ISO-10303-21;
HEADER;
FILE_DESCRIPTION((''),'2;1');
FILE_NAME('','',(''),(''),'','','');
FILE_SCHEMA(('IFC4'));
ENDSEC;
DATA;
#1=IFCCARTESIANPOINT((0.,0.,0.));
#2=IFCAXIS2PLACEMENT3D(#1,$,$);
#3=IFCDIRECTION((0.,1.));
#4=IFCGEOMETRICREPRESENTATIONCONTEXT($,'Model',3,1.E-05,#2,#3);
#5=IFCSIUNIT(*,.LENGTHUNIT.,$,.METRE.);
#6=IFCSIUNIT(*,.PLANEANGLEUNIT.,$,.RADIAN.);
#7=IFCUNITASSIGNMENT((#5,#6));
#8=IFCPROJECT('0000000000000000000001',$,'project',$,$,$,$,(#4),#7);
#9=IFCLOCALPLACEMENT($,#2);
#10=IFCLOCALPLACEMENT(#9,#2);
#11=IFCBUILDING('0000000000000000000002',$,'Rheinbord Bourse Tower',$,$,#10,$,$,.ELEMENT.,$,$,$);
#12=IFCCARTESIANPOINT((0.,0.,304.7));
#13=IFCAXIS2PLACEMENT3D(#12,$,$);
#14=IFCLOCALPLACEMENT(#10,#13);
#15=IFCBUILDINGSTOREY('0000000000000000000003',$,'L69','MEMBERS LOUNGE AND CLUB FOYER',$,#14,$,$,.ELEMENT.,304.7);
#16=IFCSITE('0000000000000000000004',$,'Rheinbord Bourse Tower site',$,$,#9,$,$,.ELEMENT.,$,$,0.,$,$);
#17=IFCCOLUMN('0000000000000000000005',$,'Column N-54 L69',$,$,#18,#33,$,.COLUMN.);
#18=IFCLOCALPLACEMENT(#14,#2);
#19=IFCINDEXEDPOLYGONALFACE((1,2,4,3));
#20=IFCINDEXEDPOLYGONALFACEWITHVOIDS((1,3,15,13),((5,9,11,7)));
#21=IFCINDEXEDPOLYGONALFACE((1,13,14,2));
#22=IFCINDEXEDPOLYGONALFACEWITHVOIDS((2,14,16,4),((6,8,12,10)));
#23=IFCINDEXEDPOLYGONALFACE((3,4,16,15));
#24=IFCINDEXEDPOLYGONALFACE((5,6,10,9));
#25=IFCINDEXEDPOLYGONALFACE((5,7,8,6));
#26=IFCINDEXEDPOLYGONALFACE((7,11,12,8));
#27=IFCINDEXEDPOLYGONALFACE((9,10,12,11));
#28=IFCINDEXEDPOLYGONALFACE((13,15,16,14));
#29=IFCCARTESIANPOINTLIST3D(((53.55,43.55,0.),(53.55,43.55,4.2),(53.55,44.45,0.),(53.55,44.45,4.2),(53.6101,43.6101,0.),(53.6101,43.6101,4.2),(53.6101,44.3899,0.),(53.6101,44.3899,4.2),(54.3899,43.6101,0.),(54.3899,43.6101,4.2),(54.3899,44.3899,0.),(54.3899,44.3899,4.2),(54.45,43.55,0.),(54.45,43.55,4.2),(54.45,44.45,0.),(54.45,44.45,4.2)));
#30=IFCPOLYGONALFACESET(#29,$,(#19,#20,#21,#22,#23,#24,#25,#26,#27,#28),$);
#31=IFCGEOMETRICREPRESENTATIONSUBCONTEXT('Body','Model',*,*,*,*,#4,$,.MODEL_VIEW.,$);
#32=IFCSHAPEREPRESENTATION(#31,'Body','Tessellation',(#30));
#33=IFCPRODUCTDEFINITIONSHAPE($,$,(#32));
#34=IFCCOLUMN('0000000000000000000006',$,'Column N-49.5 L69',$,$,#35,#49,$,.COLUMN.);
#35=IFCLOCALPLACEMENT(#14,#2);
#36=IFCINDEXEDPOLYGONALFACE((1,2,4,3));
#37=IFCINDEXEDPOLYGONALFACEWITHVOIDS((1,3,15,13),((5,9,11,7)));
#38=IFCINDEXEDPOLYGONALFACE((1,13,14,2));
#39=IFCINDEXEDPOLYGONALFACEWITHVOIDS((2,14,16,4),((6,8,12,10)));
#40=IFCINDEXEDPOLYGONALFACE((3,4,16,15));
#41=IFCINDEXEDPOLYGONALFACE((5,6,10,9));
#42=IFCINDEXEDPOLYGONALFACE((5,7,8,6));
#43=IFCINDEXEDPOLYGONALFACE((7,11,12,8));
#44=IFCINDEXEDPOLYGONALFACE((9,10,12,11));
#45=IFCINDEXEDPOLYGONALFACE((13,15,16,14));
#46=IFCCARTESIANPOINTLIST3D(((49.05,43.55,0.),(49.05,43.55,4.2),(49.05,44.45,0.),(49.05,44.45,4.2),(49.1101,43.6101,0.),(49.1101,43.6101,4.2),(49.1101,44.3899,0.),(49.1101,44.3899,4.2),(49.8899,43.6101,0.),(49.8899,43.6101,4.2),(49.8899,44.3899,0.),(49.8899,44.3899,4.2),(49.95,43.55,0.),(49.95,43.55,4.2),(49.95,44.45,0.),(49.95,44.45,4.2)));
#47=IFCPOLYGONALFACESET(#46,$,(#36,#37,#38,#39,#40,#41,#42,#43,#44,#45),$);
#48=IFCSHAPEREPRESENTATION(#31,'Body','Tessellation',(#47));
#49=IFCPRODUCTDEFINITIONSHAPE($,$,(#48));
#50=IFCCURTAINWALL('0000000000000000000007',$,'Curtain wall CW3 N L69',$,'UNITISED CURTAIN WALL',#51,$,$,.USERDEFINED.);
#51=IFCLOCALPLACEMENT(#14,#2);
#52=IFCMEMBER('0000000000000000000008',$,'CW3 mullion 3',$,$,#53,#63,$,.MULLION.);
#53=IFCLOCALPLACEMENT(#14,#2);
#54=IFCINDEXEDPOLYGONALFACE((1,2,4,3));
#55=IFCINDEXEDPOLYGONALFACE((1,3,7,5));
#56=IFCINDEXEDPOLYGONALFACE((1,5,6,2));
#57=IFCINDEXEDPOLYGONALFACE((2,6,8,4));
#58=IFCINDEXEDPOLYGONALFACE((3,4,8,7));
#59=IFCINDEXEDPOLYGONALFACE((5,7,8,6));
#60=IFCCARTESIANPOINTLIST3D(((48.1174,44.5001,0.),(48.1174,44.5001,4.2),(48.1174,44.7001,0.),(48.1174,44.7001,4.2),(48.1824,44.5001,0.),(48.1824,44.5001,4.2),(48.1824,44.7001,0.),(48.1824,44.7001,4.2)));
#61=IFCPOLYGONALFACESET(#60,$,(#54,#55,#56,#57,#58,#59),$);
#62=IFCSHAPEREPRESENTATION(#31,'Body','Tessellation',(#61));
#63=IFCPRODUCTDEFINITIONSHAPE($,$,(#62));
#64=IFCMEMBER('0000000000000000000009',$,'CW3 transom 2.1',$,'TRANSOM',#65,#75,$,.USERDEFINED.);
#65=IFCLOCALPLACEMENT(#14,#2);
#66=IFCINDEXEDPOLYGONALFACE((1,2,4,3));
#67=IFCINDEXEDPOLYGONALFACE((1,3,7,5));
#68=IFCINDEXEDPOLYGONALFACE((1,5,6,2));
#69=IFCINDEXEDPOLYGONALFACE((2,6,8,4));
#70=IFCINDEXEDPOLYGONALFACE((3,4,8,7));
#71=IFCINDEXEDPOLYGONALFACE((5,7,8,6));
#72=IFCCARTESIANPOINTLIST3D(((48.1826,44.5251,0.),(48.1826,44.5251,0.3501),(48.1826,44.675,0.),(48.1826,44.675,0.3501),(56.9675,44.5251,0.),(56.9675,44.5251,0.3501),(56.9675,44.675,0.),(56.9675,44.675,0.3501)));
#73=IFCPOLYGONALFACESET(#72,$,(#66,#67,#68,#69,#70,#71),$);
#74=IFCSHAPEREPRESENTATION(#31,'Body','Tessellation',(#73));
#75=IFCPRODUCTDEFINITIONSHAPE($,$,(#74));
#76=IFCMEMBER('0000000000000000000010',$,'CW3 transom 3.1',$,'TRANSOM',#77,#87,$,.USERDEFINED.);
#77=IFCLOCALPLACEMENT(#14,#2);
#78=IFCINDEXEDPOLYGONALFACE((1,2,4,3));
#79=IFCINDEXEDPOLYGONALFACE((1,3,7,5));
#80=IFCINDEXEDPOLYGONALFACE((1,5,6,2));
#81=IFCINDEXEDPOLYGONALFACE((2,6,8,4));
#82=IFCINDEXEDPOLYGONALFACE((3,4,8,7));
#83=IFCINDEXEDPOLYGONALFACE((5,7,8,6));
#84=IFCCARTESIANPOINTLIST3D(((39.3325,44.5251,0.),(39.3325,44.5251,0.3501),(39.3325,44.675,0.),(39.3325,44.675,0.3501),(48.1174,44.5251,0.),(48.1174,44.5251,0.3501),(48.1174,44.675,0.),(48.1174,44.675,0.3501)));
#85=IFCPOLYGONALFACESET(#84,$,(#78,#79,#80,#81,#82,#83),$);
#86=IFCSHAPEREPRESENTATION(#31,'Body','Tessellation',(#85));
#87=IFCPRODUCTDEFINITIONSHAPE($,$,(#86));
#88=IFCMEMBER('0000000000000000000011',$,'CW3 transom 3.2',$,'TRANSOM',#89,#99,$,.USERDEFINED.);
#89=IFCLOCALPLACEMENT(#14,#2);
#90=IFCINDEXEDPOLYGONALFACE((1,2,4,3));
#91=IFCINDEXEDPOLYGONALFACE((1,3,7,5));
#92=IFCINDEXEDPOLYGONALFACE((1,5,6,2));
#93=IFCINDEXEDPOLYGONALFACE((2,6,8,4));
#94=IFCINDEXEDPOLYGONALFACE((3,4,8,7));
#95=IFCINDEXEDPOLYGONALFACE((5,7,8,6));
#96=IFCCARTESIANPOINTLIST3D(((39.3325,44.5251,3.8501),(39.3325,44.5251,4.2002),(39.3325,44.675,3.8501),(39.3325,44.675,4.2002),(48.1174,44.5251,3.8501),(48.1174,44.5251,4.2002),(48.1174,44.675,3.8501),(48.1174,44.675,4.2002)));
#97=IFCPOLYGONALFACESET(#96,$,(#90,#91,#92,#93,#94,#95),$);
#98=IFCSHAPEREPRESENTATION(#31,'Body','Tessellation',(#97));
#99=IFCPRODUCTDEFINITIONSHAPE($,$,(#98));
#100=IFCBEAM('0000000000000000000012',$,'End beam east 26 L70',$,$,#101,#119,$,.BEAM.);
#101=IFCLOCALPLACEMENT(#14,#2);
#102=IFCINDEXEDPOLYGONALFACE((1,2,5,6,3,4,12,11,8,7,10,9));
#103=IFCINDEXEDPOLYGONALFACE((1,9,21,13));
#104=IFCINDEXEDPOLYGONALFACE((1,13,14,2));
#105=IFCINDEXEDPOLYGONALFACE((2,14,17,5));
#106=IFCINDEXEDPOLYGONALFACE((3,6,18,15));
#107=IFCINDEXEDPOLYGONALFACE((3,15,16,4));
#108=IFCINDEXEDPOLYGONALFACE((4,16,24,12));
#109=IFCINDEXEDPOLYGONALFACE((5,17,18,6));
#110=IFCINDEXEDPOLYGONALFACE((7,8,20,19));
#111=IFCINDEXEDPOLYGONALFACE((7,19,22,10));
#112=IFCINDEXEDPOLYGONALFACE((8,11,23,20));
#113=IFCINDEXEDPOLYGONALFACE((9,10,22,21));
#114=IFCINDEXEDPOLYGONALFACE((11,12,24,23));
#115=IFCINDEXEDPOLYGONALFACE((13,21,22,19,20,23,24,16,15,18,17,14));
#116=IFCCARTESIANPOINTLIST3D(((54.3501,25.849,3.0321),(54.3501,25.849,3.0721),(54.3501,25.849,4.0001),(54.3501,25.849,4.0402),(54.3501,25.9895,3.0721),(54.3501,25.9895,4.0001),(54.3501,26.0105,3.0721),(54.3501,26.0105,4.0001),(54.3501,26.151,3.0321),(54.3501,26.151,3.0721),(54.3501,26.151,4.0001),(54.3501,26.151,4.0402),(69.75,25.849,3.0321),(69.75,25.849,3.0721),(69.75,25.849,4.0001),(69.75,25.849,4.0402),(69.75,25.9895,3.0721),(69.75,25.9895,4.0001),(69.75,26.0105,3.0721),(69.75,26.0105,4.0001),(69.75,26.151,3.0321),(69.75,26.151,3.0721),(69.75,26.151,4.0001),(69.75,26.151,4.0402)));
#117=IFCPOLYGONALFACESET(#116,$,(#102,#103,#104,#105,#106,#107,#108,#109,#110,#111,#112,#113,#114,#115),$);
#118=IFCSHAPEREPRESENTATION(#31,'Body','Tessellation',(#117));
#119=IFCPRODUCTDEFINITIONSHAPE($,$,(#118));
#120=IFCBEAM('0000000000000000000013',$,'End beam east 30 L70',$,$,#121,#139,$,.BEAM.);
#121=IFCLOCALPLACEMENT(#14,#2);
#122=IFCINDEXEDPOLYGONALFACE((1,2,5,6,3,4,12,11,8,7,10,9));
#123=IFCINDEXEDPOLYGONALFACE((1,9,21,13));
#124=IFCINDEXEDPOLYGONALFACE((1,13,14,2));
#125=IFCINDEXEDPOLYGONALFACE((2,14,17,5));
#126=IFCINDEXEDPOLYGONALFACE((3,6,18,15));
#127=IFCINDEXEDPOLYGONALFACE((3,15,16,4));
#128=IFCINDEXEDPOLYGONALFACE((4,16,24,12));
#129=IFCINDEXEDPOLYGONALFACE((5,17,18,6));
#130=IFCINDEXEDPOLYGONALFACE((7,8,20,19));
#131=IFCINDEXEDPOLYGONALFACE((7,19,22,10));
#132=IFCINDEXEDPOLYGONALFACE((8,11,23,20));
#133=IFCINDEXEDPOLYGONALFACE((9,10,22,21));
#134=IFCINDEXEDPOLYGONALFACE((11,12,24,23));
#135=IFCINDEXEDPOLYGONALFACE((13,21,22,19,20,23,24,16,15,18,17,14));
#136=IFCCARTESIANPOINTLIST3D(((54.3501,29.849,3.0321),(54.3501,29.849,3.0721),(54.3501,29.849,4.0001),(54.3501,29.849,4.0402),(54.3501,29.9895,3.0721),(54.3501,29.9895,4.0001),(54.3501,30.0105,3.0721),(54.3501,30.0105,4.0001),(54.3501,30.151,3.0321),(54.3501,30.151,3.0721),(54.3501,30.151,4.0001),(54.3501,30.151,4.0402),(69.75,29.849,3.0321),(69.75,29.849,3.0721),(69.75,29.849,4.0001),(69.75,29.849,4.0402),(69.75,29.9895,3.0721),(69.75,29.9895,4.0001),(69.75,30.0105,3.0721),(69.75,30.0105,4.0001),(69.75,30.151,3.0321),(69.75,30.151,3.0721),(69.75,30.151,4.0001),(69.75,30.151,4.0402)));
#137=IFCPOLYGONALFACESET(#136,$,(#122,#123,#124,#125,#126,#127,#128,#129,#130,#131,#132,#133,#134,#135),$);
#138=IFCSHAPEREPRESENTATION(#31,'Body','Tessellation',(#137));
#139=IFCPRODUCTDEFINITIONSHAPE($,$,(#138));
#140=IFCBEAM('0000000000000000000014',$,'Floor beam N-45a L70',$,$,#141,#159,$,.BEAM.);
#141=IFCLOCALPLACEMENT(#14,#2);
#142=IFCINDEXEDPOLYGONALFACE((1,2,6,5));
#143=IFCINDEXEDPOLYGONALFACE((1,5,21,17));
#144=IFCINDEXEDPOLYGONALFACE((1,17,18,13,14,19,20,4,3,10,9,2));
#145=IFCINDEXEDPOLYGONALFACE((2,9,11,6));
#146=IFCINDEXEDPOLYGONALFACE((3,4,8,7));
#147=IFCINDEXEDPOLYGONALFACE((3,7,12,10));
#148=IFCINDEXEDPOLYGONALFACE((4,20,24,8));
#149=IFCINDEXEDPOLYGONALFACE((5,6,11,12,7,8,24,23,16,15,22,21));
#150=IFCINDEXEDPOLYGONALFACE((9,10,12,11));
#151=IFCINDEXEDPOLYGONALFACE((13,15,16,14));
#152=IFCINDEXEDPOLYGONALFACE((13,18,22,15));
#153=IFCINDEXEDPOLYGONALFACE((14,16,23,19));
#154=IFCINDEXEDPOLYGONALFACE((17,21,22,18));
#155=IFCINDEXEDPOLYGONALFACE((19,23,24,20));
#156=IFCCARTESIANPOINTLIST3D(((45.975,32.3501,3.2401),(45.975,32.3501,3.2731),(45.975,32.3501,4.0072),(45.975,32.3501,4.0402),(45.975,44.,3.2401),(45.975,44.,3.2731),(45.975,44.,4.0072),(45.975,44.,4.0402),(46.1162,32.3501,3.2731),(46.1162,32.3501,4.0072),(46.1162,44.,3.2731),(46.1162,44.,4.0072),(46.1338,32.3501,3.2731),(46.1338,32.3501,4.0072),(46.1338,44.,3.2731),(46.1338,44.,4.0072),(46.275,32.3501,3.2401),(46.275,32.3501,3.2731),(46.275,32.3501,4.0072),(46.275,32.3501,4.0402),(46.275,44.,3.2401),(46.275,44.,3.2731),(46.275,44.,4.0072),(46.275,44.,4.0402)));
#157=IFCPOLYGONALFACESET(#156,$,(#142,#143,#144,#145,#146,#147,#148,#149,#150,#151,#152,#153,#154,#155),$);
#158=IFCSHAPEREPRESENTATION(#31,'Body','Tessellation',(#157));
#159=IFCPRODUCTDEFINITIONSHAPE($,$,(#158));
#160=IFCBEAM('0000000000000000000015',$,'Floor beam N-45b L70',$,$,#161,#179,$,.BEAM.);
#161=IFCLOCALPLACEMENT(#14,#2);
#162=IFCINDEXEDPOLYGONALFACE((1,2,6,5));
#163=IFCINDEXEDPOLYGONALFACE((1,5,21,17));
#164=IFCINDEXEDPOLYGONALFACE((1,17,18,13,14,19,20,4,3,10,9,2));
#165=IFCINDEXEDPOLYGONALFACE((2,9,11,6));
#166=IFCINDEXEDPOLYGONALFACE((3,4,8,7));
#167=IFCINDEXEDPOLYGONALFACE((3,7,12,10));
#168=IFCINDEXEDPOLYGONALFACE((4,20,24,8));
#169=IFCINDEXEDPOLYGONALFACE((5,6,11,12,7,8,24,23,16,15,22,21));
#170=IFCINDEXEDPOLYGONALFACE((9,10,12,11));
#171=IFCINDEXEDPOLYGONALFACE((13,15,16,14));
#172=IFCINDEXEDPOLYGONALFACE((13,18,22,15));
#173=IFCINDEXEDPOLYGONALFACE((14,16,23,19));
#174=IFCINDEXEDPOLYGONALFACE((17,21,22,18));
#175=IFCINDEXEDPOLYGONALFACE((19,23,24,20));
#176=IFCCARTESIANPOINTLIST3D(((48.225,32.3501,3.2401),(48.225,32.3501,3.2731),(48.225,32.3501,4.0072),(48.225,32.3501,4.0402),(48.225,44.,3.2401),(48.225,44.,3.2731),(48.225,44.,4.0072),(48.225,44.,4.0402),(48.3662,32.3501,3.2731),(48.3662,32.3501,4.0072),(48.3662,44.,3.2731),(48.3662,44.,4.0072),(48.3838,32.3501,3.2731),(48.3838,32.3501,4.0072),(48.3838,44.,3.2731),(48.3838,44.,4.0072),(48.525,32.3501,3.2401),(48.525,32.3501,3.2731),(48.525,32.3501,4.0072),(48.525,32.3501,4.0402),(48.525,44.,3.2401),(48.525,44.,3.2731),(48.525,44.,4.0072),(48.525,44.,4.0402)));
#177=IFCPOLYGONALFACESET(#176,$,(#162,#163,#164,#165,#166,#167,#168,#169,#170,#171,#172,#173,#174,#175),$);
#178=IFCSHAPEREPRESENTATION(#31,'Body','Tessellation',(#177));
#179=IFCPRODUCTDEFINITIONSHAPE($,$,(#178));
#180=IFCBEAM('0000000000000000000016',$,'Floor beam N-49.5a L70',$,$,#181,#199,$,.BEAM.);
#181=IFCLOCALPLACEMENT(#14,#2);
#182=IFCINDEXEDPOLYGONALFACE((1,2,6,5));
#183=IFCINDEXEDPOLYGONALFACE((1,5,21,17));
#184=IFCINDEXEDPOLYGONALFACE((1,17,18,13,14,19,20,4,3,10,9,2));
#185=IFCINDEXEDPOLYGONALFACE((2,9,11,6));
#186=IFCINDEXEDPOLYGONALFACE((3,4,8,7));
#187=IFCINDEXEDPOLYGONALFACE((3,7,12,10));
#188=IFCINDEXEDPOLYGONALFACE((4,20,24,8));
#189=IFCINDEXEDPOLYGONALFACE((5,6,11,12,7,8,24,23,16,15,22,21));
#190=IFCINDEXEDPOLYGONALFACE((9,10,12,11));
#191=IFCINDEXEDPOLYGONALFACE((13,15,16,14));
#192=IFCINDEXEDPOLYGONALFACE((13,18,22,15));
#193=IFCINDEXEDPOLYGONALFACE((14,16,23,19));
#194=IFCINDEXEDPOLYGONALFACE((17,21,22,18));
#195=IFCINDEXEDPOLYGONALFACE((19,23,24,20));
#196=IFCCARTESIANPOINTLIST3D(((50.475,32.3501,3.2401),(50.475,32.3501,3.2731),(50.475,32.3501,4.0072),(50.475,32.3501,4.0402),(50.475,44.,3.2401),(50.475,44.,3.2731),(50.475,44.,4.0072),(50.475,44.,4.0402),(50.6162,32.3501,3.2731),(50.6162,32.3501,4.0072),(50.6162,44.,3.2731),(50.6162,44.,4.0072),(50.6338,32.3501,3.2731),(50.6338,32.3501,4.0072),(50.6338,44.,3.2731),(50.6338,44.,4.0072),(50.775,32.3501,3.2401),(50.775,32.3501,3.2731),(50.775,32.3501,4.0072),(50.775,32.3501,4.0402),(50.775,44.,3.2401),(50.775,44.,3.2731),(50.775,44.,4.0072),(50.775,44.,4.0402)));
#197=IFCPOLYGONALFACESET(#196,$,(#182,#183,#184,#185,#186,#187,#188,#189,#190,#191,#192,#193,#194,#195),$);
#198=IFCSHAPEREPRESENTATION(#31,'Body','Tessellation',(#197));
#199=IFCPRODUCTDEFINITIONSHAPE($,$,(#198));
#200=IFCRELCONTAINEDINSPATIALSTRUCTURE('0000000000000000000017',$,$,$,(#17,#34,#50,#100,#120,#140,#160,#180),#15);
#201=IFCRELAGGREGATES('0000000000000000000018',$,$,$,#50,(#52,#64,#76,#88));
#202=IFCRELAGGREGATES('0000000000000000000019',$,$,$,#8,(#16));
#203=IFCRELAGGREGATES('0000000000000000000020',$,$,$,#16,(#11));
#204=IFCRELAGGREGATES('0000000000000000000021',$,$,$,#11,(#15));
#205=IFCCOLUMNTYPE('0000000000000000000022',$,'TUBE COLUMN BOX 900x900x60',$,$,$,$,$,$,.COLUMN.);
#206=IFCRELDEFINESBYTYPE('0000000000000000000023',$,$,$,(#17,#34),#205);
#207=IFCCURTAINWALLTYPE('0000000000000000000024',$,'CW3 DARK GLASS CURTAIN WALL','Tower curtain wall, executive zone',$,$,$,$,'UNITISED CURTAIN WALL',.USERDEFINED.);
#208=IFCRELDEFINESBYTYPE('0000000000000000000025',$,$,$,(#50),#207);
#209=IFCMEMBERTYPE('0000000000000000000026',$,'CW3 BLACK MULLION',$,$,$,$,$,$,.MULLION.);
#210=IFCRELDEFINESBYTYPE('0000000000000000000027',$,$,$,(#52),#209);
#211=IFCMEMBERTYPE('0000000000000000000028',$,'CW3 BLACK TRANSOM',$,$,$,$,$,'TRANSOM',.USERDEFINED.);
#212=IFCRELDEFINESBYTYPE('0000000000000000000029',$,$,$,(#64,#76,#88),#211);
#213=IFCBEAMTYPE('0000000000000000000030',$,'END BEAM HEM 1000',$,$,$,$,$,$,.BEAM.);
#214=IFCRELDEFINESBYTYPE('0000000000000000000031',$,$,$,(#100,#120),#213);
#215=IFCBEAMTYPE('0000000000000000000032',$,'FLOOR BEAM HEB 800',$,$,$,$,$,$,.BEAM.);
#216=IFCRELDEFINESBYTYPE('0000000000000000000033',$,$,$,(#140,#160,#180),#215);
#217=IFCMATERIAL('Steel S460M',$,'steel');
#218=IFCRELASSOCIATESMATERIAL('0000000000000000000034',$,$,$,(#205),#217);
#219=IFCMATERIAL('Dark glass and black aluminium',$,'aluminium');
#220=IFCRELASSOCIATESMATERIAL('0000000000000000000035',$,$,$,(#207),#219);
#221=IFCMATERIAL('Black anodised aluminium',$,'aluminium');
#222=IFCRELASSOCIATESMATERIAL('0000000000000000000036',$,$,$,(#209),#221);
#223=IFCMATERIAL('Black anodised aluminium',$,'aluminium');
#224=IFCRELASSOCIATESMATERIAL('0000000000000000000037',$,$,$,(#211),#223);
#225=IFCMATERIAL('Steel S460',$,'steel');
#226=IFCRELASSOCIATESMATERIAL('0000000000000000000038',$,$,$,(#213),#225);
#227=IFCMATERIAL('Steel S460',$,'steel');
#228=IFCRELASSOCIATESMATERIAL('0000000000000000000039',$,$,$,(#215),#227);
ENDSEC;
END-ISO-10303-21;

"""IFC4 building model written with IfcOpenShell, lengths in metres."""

from ifc_helpers import new_model, si_unit, direction, frame, origin, origin_2d, place, context, subcontext, project, spatial, rectangle, hollow_rectangle, i_section, extrude, material, material_profile, profile_set, type_object, element, aggregate, save


model = new_model("IFC4")

# Units and contexts
model_context = context("Model", 3, precision=1e-05, world=origin(), true_north=direction((0.0, 1.0)))
body_context = subcontext(model_context, "Body", "Model", "MODEL_VIEW")
ifc_project = project(units=[si_unit("LENGTHUNIT", "METRE"), si_unit("PLANEANGLEUNIT", "RADIAN")], contexts=[model_context])

# Site, building, storey
site_placement = place(None, origin())
site = spatial("IfcSite", under=ifc_project, at=site_placement, Name="Rheinbord Bourse Tower site", CompositionType="ELEMENT", RefElevation=0.0)
building_placement = place(site_placement, origin())
building = spatial("IfcBuilding", under=site, at=building_placement, Name="Rheinbord Bourse Tower", CompositionType="ELEMENT")
storey_placement = place(building_placement, frame((0.0, 0.0, 304.7)))
storey = spatial("IfcBuildingStorey", under=building, at=storey_placement, Name="L69", Description="MEMBERS LOUNGE AND CLUB FOYER", CompositionType="ELEMENT", Elevation=304.7)

# Columns
ifc_material_1 = material(Name="Steel S460M", Category="steel")
ifc_material_profile_1 = material_profile(ifc_material_1, hollow_rectangle(XDim=0.8999, YDim=0.8999, WallThickness=0.0601, at=origin_2d()), Name="BOX 900x900x60")
ifc_profile_set_1 = profile_set([ifc_material_profile_1], Name="Steel S460M")
column_type = type_object("IfcColumnType", Name="TUBE COLUMN BOX 900x900x60", PredefinedType="COLUMN", material=ifc_profile_set_1)
for number, where, z_axis, x_axis, name in (
    (1, (54.0, 44.0, 0.0), (0.0, 0.0, 1.0), (0.0, 1.0, 0.0), "Column N-54 L69"),
    (2, (49.5, 44.0, 0.0), (0.0, 0.0, 1.0), (0.0, 1.0, 0.0), "Column N-49.5 L69"),
):
    element("IfcColumn", number, at=place(storey_placement, frame(where, z_axis=z_axis, x_axis=x_axis)), inside=storey, type_object=column_type, Name=name, PredefinedType="COLUMN", context=body_context, shape_type="SweptSolid", body=[
        extrude(hollow_rectangle(XDim=0.8999, YDim=0.8999, WallThickness=0.0601, at=origin_2d()), origin(), (0.0, 0.0, 1.0), 4.2),
    ])

# Curtain wall, members
ifc_material_2 = material(Name="Dark glass and black aluminium", Category="aluminium")
curtain_wall_type = type_object("IfcCurtainWallType", Name="CW3 DARK GLASS CURTAIN WALL", Description="Tower curtain wall, executive zone", ElementType="UNITISED CURTAIN WALL", PredefinedType="USERDEFINED", material=ifc_material_2)
curtain_wall_placement = place(storey_placement, origin())
curtain_wall = element("IfcCurtainWall", 3, at=curtain_wall_placement, inside=storey, type_object=curtain_wall_type, Name="Curtain wall CW3 N L69", ObjectType="UNITISED CURTAIN WALL", PredefinedType="USERDEFINED")
ifc_material_3 = material(Name="Black anodised aluminium", Category="aluminium")
ifc_material_profile_2 = material_profile(ifc_material_3, rectangle(XDim=0.2, YDim=0.0649, at=origin_2d()), Name="CW3 MULLION 65x200")
ifc_profile_set_2 = profile_set([ifc_material_profile_2], Name="Black anodised aluminium")
member_type_1 = type_object("IfcMemberType", Name="CW3 BLACK MULLION", PredefinedType="MULLION", material=ifc_profile_set_2)
member_1_placement = place(storey_placement, frame((48.1499, 44.6001, 0.0), z_axis=(0.0, 0.0, 1.0), x_axis=(0.0, -1.0, 0.0)))
member_1 = element("IfcMember", 4, at=member_1_placement, type_object=member_type_1, Name="CW3 mullion 3", PredefinedType="MULLION", context=body_context, shape_type="SweptSolid", body=[
    extrude(rectangle(XDim=0.2, YDim=0.0649, at=origin_2d()), origin(), (0.0, 0.0, 1.0), 4.2),
])
ifc_material_4 = material(Name="Black anodised aluminium", Category="aluminium")
ifc_material_profile_3 = material_profile(ifc_material_4, rectangle(XDim=0.1499, YDim=0.3501, at=origin_2d()), Name="CW3 TRANSOM 350x150")
ifc_profile_set_3 = profile_set([ifc_material_profile_3], Name="Black anodised aluminium")
member_type_2 = type_object("IfcMemberType", Name="CW3 BLACK TRANSOM", ElementType="TRANSOM", PredefinedType="USERDEFINED", material=ifc_profile_set_3)
member_2_placement = place(storey_placement, frame((56.9675, 44.6001, 0.175), z_axis=(-1.0, 0.0, 0.0), x_axis=(0.0, -1.0, 0.0)))
member_2 = element("IfcMember", 5, at=member_2_placement, type_object=member_type_2, Name="CW3 transom 2.1", ObjectType="TRANSOM", PredefinedType="USERDEFINED", context=body_context, shape_type="SweptSolid", body=[
    extrude(rectangle(XDim=0.1499, YDim=0.3501, at=origin_2d()), origin(), (0.0, 0.0, 1.0), 8.7849),
])
member_3_placement = place(storey_placement, frame((48.1174, 44.6001, 0.175), z_axis=(-1.0, 0.0, 0.0), x_axis=(0.0, -1.0, 0.0)))
member_3 = element("IfcMember", 6, at=member_3_placement, type_object=member_type_2, Name="CW3 transom 3.1", ObjectType="TRANSOM", PredefinedType="USERDEFINED", context=body_context, shape_type="SweptSolid", body=[
    extrude(rectangle(XDim=0.1499, YDim=0.3501, at=origin_2d()), origin(), (0.0, 0.0, 1.0), 8.7849),
])
member_4_placement = place(storey_placement, frame((48.1174, 44.6001, 4.0251), z_axis=(-1.0, 0.0, 0.0), x_axis=(0.0, -1.0, 0.0)))
member_4 = element("IfcMember", 7, at=member_4_placement, type_object=member_type_2, Name="CW3 transom 3.2", ObjectType="TRANSOM", PredefinedType="USERDEFINED", context=body_context, shape_type="SweptSolid", body=[
    extrude(rectangle(XDim=0.1499, YDim=0.3501, at=origin_2d()), origin(), (0.0, 0.0, 1.0), 8.7849),
])

# Beams
ifc_material_5 = material(Name="Steel S460", Category="steel")
ifc_material_profile_4 = material_profile(ifc_material_5, i_section(OverallWidth=0.302, OverallDepth=1.0081, WebThickness=0.021, FlangeThickness=0.04, at=origin_2d()), Name="HEM 1000")
ifc_profile_set_4 = profile_set([ifc_material_profile_4], Name="Steel S460")
beam_type_1 = type_object("IfcBeamType", Name="END BEAM HEM 1000", PredefinedType="BEAM", material=ifc_profile_set_4)
for number, where, z_axis, x_axis, name in (
    (8, (54.3501, 26.0, 3.5361), (1.0, 0.0, 0.0), (0.0, 1.0, 0.0), "End beam east 26 L70"),
    (9, (54.3501, 30.0, 3.5361), (1.0, 0.0, 0.0), (0.0, 1.0, 0.0), "End beam east 30 L70"),
):
    element("IfcBeam", number, at=place(storey_placement, frame(where, z_axis=z_axis, x_axis=x_axis)), inside=storey, type_object=beam_type_1, Name=name, PredefinedType="BEAM", context=body_context, shape_type="SweptSolid", body=[
        extrude(i_section(OverallWidth=0.302, OverallDepth=1.0081, WebThickness=0.021, FlangeThickness=0.04, at=origin_2d()), origin(), (0.0, 0.0, 1.0), 15.3999),
    ])
ifc_material_6 = material(Name="Steel S460", Category="steel")
ifc_material_profile_5 = material_profile(ifc_material_6, i_section(OverallWidth=0.3, OverallDepth=0.8, WebThickness=0.0176, FlangeThickness=0.033, at=origin_2d()), Name="HEB 800")
ifc_profile_set_5 = profile_set([ifc_material_profile_5], Name="Steel S460")
beam_type_2 = type_object("IfcBeamType", Name="FLOOR BEAM HEB 800", PredefinedType="BEAM", material=ifc_profile_set_5)
for number, where, z_axis, x_axis, name in (
    (10, (46.125, 44.0, 3.6401), (0.0, -1.0, 0.0), (1.0, 0.0, 0.0), "Floor beam N-45a L70"),
    (11, (48.375, 44.0, 3.6401), (0.0, -1.0, 0.0), (1.0, 0.0, 0.0), "Floor beam N-45b L70"),
    (12, (50.625, 44.0, 3.6401), (0.0, -1.0, 0.0), (1.0, 0.0, 0.0), "Floor beam N-49.5a L70"),
):
    element("IfcBeam", number, at=place(storey_placement, frame(where, z_axis=z_axis, x_axis=x_axis)), inside=storey, type_object=beam_type_2, Name=name, PredefinedType="BEAM", context=body_context, shape_type="SweptSolid", body=[
        extrude(i_section(OverallWidth=0.3, OverallDepth=0.8, WebThickness=0.0176, FlangeThickness=0.033, at=origin_2d()), origin(), (0.0, 0.0, 1.0), 11.6499),
    ])

aggregate(curtain_wall, [member_1, member_2, member_3, member_4])

save(model, "model.ifc")
